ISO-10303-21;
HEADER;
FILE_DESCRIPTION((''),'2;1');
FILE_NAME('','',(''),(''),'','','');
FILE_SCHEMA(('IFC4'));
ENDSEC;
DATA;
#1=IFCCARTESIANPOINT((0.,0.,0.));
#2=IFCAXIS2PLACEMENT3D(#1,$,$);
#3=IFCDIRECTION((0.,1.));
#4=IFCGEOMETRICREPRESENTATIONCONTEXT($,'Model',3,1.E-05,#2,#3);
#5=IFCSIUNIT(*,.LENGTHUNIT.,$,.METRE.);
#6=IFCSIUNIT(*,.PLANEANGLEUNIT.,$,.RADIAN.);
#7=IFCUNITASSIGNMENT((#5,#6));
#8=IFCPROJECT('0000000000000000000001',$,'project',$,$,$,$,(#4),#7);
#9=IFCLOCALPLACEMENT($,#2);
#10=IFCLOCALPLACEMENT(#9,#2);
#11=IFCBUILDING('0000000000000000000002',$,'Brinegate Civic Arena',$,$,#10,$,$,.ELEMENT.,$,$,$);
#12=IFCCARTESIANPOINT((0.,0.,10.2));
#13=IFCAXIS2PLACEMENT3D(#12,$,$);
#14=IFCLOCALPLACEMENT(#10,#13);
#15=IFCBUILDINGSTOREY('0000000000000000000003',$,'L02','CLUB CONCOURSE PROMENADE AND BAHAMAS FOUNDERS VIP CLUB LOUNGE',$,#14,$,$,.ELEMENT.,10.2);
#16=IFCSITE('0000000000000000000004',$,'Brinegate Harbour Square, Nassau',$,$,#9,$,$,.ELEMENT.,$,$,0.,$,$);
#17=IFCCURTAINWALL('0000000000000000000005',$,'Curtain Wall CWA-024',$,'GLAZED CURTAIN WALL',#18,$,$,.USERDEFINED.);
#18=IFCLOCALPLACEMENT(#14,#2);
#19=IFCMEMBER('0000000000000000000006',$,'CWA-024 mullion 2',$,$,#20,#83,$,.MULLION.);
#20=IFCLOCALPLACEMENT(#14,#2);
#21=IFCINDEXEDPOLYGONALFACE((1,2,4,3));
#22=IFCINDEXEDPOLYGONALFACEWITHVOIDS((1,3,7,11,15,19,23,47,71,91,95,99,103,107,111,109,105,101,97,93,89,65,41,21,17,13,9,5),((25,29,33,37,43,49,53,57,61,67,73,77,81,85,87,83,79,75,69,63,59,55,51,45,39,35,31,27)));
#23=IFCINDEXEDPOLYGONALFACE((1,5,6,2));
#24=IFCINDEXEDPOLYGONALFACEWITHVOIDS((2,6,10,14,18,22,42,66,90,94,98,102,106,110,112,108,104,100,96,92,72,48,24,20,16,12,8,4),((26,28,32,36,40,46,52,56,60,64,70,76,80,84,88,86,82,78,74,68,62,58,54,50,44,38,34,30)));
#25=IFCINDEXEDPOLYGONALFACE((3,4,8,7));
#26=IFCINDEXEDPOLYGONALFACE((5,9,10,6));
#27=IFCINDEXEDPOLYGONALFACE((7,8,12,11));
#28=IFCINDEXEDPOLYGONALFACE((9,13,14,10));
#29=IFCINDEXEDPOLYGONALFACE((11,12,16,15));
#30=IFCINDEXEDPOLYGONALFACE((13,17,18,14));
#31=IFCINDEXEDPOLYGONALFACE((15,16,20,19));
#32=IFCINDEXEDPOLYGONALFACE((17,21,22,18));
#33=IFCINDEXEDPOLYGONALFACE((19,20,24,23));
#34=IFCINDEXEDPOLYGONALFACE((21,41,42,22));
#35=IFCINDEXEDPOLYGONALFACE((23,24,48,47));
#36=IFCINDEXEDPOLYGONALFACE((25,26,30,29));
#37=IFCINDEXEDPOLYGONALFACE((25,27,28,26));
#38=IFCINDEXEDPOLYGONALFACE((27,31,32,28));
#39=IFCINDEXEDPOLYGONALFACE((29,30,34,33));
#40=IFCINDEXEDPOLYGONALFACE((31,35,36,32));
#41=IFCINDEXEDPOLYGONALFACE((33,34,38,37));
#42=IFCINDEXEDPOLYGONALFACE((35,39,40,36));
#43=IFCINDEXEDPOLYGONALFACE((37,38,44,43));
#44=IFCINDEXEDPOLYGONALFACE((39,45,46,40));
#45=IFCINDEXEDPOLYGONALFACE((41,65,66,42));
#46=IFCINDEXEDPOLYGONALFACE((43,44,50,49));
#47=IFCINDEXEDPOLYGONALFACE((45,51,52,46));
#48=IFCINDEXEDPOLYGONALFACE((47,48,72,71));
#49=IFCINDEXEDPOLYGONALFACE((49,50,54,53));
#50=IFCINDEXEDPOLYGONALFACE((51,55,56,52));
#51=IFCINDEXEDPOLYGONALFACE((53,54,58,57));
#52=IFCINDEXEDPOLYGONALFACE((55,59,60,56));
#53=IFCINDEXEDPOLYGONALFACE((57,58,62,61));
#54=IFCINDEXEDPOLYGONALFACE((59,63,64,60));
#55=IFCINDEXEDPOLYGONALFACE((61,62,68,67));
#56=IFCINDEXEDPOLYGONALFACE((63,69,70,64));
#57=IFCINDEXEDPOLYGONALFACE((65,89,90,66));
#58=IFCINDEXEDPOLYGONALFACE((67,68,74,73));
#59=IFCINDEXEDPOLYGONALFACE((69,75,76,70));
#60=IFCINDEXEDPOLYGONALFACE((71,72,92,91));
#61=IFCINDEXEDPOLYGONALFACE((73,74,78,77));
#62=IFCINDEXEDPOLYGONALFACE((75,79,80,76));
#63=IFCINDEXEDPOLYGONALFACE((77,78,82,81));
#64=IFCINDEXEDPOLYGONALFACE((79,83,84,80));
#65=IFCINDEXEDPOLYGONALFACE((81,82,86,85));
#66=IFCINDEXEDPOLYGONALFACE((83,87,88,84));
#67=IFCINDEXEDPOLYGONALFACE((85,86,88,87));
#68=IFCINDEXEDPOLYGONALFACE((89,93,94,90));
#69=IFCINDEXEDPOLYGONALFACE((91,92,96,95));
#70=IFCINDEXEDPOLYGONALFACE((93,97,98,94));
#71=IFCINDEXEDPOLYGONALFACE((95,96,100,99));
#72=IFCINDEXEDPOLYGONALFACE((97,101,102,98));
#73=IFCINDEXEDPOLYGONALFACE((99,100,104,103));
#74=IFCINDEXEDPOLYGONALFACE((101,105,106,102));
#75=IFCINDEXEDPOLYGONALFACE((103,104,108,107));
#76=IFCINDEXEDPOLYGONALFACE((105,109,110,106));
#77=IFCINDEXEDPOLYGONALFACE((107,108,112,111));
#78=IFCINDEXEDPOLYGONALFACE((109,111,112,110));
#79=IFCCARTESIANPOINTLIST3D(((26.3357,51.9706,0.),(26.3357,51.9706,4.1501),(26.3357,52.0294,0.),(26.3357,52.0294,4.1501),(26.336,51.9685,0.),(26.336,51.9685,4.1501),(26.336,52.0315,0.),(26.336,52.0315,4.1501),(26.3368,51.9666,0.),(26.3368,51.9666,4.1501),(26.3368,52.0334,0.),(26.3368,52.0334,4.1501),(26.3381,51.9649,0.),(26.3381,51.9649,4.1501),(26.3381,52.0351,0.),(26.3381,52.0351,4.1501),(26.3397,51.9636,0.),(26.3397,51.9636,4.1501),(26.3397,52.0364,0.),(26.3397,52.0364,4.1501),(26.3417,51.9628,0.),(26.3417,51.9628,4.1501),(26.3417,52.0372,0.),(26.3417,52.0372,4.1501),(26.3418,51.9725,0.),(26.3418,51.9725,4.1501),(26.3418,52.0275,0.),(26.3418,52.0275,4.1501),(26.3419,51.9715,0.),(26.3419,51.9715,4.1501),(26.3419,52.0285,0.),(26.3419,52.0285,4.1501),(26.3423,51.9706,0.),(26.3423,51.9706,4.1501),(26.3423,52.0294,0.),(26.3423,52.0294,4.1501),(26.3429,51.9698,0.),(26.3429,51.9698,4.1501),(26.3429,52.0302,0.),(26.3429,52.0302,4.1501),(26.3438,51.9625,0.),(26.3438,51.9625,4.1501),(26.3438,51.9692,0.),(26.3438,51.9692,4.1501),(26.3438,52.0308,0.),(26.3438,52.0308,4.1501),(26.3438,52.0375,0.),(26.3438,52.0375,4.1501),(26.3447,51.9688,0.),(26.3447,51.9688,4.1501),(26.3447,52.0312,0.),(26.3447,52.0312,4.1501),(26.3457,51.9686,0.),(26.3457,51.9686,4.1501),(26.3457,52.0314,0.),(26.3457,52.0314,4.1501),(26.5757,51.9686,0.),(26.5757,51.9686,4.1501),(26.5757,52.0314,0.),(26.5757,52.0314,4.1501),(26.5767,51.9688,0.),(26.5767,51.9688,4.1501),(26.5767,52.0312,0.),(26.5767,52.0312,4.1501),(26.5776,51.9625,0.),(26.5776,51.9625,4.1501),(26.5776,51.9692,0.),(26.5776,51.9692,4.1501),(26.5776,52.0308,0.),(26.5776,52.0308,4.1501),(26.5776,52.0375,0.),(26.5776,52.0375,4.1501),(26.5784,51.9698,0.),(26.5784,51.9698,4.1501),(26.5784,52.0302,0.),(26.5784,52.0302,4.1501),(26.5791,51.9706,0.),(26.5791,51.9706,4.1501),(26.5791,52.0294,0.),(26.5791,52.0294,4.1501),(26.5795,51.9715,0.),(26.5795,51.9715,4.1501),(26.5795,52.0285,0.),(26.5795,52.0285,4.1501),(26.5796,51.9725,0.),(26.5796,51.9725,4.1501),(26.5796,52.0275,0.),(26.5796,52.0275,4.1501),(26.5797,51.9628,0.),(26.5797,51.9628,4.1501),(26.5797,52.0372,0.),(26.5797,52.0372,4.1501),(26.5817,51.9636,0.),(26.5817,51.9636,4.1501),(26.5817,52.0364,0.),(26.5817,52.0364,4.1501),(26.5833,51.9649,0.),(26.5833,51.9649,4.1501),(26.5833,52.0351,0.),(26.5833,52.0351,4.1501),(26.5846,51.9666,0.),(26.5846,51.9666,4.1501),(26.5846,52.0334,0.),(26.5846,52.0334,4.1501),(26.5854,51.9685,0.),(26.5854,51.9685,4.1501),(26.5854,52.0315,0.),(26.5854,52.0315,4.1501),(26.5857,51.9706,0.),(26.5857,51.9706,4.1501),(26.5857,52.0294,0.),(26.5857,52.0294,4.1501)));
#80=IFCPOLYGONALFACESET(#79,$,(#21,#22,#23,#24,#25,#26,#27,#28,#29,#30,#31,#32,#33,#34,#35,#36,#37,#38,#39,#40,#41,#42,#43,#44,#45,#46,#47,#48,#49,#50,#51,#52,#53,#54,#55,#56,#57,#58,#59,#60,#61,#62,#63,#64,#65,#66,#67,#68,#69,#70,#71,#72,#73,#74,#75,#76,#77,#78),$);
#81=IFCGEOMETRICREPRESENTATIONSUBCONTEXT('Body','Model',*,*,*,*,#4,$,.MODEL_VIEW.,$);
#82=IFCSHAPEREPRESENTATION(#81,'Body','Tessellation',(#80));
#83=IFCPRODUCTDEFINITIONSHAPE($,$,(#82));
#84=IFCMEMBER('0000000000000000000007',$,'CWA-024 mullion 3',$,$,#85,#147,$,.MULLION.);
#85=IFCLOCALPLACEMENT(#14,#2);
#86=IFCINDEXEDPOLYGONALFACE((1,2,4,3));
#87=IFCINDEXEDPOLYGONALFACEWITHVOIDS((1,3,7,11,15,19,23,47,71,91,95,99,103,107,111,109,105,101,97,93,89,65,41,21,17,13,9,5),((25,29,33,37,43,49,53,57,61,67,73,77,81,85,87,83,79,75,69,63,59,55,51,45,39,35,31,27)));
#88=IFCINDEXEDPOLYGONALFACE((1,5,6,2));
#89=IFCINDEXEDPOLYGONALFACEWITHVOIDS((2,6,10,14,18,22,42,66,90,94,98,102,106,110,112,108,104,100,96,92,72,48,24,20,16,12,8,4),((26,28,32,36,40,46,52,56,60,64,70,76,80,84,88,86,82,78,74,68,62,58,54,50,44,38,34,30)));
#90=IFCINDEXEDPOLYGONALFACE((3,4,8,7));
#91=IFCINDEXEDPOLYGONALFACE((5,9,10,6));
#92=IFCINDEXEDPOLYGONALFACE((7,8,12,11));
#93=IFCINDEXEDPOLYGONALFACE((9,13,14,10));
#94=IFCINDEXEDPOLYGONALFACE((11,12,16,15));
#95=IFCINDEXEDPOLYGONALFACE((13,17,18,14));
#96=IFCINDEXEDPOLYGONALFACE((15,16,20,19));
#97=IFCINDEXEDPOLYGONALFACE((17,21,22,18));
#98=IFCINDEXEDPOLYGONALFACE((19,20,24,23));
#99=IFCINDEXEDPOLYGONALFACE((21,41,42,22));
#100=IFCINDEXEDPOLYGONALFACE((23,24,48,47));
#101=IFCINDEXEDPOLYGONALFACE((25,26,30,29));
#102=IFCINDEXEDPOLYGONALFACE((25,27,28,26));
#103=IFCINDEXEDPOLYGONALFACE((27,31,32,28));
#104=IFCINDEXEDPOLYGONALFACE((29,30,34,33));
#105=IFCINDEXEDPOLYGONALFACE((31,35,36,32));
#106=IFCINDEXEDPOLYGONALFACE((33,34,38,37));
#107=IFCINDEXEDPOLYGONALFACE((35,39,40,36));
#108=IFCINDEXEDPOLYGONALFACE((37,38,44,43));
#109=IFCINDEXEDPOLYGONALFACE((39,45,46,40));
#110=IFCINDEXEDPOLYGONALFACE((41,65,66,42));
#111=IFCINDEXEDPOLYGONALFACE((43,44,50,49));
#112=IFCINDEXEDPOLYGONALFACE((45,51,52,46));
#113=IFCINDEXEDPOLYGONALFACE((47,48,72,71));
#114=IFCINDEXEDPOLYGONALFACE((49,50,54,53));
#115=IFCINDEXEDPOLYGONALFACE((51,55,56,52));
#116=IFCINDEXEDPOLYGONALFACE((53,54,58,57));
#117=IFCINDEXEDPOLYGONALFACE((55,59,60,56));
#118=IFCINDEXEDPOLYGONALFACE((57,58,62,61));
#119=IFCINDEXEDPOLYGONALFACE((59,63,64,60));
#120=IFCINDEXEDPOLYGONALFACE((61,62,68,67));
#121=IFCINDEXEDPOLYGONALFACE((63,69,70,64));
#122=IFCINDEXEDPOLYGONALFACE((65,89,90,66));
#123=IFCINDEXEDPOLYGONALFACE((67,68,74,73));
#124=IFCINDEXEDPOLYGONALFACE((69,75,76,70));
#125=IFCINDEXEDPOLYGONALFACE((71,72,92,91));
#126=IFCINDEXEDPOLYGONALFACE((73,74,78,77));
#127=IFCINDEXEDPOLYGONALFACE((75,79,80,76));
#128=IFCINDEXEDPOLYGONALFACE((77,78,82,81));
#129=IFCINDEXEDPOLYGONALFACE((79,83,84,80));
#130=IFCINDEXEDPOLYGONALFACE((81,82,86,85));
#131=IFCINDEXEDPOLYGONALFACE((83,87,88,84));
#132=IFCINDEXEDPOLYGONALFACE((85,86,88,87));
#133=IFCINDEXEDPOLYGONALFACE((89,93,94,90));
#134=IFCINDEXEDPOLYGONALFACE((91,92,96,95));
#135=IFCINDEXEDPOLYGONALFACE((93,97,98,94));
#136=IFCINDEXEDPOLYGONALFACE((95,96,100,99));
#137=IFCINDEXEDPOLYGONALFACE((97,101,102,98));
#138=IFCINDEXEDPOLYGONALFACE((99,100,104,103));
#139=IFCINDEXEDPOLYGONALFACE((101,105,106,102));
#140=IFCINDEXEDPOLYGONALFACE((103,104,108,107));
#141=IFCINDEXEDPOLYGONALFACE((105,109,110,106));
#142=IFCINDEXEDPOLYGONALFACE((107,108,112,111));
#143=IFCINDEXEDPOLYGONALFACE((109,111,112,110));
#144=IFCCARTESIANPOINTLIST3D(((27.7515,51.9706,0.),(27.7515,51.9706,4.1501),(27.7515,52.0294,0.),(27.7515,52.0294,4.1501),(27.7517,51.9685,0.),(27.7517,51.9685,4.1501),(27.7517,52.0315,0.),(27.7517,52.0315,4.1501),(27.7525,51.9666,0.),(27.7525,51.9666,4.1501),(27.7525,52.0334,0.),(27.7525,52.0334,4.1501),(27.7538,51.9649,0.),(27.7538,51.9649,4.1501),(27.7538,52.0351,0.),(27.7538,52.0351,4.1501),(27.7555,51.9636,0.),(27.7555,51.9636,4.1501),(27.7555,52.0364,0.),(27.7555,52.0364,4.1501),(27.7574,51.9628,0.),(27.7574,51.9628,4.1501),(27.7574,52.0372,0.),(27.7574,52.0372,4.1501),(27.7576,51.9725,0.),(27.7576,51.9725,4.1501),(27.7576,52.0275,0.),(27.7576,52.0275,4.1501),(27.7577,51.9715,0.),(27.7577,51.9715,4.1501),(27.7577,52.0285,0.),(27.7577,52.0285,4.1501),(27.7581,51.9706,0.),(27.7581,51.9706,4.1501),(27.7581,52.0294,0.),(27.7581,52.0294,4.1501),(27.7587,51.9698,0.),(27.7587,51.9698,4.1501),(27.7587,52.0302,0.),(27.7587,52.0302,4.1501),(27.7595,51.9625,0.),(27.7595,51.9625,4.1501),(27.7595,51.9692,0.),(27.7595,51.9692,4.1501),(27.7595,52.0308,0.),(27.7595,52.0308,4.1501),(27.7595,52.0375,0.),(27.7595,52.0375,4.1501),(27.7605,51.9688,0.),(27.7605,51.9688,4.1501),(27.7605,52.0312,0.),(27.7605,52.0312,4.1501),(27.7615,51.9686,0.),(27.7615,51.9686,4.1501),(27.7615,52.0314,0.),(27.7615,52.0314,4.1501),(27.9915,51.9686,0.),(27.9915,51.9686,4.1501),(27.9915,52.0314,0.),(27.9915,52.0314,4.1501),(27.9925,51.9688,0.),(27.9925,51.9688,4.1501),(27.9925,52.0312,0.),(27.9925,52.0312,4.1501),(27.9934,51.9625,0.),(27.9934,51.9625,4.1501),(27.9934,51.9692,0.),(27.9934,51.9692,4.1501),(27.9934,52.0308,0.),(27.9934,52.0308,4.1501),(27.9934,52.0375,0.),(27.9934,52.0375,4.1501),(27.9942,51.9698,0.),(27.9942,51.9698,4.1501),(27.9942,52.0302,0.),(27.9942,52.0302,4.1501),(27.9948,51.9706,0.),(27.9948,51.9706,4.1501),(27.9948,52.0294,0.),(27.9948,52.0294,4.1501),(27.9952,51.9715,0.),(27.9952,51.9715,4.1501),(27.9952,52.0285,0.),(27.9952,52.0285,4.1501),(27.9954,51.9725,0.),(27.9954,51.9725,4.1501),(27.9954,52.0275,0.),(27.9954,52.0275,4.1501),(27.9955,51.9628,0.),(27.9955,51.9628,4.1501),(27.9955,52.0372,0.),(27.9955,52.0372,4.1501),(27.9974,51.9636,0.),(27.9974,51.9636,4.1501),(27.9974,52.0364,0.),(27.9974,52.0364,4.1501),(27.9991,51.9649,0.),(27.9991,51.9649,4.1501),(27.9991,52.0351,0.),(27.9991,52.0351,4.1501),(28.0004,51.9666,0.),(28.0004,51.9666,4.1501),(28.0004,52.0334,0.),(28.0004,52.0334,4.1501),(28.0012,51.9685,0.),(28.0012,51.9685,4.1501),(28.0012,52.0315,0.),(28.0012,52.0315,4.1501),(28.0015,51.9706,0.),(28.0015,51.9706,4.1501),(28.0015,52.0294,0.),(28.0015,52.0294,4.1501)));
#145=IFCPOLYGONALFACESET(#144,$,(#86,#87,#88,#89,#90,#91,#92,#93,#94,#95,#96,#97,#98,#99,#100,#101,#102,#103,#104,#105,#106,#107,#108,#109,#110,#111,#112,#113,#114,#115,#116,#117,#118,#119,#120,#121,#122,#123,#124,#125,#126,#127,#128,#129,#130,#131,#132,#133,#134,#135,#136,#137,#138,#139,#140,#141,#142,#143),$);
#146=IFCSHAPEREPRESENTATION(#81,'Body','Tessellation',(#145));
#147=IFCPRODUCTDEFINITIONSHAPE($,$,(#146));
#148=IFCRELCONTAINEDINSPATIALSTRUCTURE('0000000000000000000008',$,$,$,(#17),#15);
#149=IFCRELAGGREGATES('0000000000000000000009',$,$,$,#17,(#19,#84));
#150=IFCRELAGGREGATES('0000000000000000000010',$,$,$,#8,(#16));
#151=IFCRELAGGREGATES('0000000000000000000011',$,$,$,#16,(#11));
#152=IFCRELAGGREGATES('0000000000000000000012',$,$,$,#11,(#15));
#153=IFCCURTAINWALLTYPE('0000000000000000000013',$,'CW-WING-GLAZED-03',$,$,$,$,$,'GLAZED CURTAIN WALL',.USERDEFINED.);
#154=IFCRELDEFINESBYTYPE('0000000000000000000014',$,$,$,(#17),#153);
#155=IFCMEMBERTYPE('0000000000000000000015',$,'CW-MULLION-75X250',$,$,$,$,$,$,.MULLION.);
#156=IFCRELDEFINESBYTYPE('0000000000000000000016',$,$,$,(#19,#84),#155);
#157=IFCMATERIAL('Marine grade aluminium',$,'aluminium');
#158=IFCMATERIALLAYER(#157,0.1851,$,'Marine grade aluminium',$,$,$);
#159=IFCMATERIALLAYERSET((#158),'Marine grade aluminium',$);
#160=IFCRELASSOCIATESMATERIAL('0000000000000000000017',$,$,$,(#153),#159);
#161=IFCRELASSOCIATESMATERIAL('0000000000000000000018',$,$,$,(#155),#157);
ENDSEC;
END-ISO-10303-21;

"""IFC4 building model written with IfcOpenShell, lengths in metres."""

from ifc_helpers import new_model, si_unit, direction, frame, origin, origin_2d, place, context, subcontext, project, spatial, hollow_rectangle, extrude, material, layer, layer_set, material_profile, profile_set, type_object, element, aggregate, save


model = new_model("IFC4")

# Units and contexts
model_context = context("Model", 3, precision=1e-05, world=origin(), true_north=direction((0.0, 1.0)))
body_context = subcontext(model_context, "Body", "Model", "MODEL_VIEW")
ifc_project = project(units=[si_unit("LENGTHUNIT", "METRE"), si_unit("PLANEANGLEUNIT", "RADIAN")], contexts=[model_context])

# Site, building, storey
site_placement = place(None, origin())
site = spatial("IfcSite", under=ifc_project, at=site_placement, Name="Brinegate Harbour Square, Nassau", CompositionType="ELEMENT", RefElevation=0.0)
building_placement = place(site_placement, origin())
building = spatial("IfcBuilding", under=site, at=building_placement, Name="Brinegate Civic Arena", CompositionType="ELEMENT")
storey_placement = place(building_placement, frame((0.0, 0.0, 10.2)))
storey = spatial("IfcBuildingStorey", under=building, at=storey_placement, Name="L02", Description="CLUB CONCOURSE PROMENADE AND BAHAMAS FOUNDERS VIP CLUB LOUNGE", CompositionType="ELEMENT", Elevation=10.2)

# Shared definitions
ifc_material_1 = material(Name="Marine grade aluminium", Category="aluminium")
ifc_layer_1 = layer(ifc_material_1, 0.1851, Name="Marine grade aluminium")
ifc_layer_set_1 = layer_set([ifc_layer_1], Name="Marine grade aluminium")
curtain_wall_type_1 = type_object("IfcCurtainWallType", Name="CW-WING-GLAZED-03", ElementType="GLAZED CURTAIN WALL", PredefinedType="USERDEFINED", material=ifc_layer_set_1)

# Curtain wall, members
curtain_wall_1_placement = place(storey_placement, origin())
curtain_wall_1 = element("IfcCurtainWall", 1, at=curtain_wall_1_placement, inside=storey, type_object=curtain_wall_type_1, Name="Curtain Wall CWA-024", ObjectType="GLAZED CURTAIN WALL", PredefinedType="USERDEFINED")
ifc_material_profile_1 = material_profile(ifc_material_1, hollow_rectangle(XDim=0.075, YDim=0.25, WallThickness=0.0061, InnerFilletRadius=0.0039, OuterFilletRadius=0.0081, at=origin_2d()), Name="MUL75X250")
ifc_profile_set_1 = profile_set([ifc_material_profile_1], Name="Marine grade aluminium")
member_type_1 = type_object("IfcMemberType", Name="CW-MULLION-75X250", PredefinedType="MULLION", material=ifc_profile_set_1)
member_1_placement = place(storey_placement, frame((26.4607, 52.0, 0.0), z_axis=(0.0, 0.0, 1.0), x_axis=(0.0, 1.0, 0.0)))
member_1 = element("IfcMember", 2, at=member_1_placement, type_object=member_type_1, Name="CWA-024 mullion 2", PredefinedType="MULLION", context=body_context, shape_type="SweptSolid", body=[
    extrude(hollow_rectangle(XDim=0.075, YDim=0.25, WallThickness=0.0061, InnerFilletRadius=0.0039, OuterFilletRadius=0.0081, at=origin_2d()), origin(), (0.0, 0.0, 1.0), 4.1501),
])
member_2_placement = place(storey_placement, frame((27.8765, 52.0, 0.0), z_axis=(0.0, 0.0, 1.0), x_axis=(0.0, 1.0, 0.0)))
member_2 = element("IfcMember", 3, at=member_2_placement, type_object=member_type_1, Name="CWA-024 mullion 3", PredefinedType="MULLION", context=body_context, shape_type="SweptSolid", body=[
    extrude(hollow_rectangle(XDim=0.075, YDim=0.25, WallThickness=0.0061, InnerFilletRadius=0.0039, OuterFilletRadius=0.0081, at=origin_2d()), origin(), (0.0, 0.0, 1.0), 4.1501),
])

aggregate(curtain_wall_1, [member_1, member_2])

save(model, "model.ifc")
